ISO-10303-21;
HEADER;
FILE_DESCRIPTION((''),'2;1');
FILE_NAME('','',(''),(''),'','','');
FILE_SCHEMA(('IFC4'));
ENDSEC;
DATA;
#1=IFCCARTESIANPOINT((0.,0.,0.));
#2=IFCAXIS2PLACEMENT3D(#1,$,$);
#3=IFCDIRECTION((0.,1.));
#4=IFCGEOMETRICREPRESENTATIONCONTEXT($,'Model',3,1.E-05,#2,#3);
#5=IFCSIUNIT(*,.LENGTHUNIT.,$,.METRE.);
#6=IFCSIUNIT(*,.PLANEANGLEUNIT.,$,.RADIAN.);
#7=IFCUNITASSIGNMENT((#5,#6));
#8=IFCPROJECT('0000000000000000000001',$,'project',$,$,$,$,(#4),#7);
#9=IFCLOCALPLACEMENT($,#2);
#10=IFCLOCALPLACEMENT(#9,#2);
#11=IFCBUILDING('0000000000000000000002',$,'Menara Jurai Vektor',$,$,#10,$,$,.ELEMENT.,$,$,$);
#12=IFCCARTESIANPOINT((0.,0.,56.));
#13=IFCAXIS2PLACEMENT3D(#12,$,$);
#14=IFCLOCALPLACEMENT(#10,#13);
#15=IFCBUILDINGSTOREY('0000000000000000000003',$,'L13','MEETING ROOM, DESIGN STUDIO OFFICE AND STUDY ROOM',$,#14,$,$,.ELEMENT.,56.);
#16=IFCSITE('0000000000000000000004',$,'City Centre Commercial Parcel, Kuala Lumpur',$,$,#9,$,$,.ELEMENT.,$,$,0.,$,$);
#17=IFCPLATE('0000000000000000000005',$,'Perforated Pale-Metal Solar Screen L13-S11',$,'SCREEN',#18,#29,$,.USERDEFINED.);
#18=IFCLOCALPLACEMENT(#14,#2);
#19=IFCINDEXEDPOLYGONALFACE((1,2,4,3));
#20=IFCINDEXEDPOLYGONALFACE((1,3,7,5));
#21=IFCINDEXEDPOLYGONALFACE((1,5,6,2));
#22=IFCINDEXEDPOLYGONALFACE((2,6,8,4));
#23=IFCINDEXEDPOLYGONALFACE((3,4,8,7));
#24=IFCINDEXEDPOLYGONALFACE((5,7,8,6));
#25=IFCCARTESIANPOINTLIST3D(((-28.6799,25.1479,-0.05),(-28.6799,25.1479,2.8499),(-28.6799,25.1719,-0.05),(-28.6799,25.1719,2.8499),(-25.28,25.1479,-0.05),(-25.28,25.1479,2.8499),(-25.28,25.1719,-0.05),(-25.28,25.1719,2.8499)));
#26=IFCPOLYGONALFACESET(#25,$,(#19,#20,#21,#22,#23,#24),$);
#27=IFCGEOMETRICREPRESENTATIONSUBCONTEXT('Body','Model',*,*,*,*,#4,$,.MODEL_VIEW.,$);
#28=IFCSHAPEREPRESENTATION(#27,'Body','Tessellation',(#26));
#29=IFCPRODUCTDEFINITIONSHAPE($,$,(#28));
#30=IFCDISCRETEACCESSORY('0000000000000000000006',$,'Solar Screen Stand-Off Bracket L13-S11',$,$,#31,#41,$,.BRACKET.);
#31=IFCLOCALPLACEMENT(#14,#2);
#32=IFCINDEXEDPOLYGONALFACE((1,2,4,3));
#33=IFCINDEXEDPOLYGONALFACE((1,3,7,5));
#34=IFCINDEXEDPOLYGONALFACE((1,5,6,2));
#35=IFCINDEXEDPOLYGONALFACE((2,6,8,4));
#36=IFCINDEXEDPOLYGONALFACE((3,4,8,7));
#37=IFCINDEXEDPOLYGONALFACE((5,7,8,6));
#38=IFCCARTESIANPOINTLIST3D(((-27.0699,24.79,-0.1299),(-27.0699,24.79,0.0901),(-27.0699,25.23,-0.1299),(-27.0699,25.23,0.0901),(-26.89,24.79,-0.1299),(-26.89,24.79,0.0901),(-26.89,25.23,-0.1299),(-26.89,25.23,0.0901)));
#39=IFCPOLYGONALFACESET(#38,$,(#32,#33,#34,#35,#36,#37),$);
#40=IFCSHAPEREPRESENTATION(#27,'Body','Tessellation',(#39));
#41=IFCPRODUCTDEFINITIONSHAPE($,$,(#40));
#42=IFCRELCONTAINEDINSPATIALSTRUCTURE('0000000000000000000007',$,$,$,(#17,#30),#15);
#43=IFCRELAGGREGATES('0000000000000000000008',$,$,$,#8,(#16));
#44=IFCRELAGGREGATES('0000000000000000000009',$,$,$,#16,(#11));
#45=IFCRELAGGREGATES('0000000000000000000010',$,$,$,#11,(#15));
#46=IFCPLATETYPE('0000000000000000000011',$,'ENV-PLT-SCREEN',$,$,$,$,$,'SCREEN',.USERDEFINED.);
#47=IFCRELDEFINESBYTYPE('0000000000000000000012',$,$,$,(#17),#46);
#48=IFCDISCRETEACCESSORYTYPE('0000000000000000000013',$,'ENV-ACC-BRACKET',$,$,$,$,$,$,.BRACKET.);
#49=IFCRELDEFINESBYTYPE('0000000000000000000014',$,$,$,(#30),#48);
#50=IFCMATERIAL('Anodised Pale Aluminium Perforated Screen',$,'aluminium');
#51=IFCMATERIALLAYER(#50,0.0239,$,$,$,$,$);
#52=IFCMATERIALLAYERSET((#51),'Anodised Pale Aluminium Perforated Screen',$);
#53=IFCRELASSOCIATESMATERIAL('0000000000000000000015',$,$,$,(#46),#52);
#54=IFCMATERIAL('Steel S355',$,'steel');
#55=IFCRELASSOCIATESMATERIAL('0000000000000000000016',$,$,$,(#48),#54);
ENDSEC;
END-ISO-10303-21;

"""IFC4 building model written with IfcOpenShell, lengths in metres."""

from ifc_helpers import new_model, si_unit, direction, frame, origin, origin_2d, place, context, subcontext, project, spatial, rectangle, extrude, material, layer, layer_set, type_object, element, save


model = new_model("IFC4")

# Units and contexts
model_context = context("Model", 3, precision=1e-05, world=origin(), true_north=direction((0.0, 1.0)))
body_context = subcontext(model_context, "Body", "Model", "MODEL_VIEW")
ifc_project = project(units=[si_unit("LENGTHUNIT", "METRE"), si_unit("PLANEANGLEUNIT", "RADIAN")], contexts=[model_context])

# Site, building, storey
site_placement = place(None, origin())
site = spatial("IfcSite", under=ifc_project, at=site_placement, Name="City Centre Commercial Parcel, Kuala Lumpur", CompositionType="ELEMENT", RefElevation=0.0)
building_placement = place(site_placement, origin())
building = spatial("IfcBuilding", under=site, at=building_placement, Name="Menara Jurai Vektor", CompositionType="ELEMENT")
storey_placement = place(building_placement, frame((0.0, 0.0, 56.0)))
storey = spatial("IfcBuildingStorey", under=building, at=storey_placement, Name="L13", Description="MEETING ROOM, DESIGN STUDIO OFFICE AND STUDY ROOM", CompositionType="ELEMENT", Elevation=56.0)

# Shared definitions
ifc_material_1 = material(Name="Steel S355", Category="steel")

# Plate
ifc_material_2 = material(Name="Anodised Pale Aluminium Perforated Screen", Category="aluminium")
ifc_layer_1 = layer(ifc_material_2, 0.0239)
ifc_layer_set_1 = layer_set([ifc_layer_1], Name="Anodised Pale Aluminium Perforated Screen")
plate_type_1 = type_object("IfcPlateType", Name="ENV-PLT-SCREEN", ElementType="SCREEN", PredefinedType="USERDEFINED", material=ifc_layer_set_1)
plate_1_placement = place(storey_placement, frame((-26.98, 25.1599, -0.05), z_axis=(0.0, 0.0, 1.0), x_axis=(-1.0, 0.0, 0.0)))
element("IfcPlate", 1, at=plate_1_placement, inside=storey, type_object=plate_type_1, Name="Perforated Pale-Metal Solar Screen L13-S11", ObjectType="SCREEN", PredefinedType="USERDEFINED", context=body_context, shape_type="SweptSolid", body=[
    extrude(rectangle(XDim=3.3999, YDim=0.0239, at=origin_2d()), origin(), (0.0, 0.0, 1.0), 2.8999),
])

# Discrete accessory
discrete_accessory_type = type_object("IfcDiscreteAccessoryType", Name="ENV-ACC-BRACKET", PredefinedType="BRACKET", material=ifc_material_1)
discrete_accessory_placement = place(storey_placement, frame((-26.98, 25.01, -0.1299), z_axis=(0.0, 0.0, 1.0), x_axis=(-1.0, 0.0, 0.0)))
element("IfcDiscreteAccessory", 2, at=discrete_accessory_placement, inside=storey, type_object=discrete_accessory_type, Name="Solar Screen Stand-Off Bracket L13-S11", PredefinedType="BRACKET", context=body_context, shape_type="SweptSolid", body=[
    extrude(rectangle(XDim=0.1799, YDim=0.4399, at=origin_2d()), origin(), (0.0, 0.0, 1.0), 0.22),
])

save(model, "model.ifc")
